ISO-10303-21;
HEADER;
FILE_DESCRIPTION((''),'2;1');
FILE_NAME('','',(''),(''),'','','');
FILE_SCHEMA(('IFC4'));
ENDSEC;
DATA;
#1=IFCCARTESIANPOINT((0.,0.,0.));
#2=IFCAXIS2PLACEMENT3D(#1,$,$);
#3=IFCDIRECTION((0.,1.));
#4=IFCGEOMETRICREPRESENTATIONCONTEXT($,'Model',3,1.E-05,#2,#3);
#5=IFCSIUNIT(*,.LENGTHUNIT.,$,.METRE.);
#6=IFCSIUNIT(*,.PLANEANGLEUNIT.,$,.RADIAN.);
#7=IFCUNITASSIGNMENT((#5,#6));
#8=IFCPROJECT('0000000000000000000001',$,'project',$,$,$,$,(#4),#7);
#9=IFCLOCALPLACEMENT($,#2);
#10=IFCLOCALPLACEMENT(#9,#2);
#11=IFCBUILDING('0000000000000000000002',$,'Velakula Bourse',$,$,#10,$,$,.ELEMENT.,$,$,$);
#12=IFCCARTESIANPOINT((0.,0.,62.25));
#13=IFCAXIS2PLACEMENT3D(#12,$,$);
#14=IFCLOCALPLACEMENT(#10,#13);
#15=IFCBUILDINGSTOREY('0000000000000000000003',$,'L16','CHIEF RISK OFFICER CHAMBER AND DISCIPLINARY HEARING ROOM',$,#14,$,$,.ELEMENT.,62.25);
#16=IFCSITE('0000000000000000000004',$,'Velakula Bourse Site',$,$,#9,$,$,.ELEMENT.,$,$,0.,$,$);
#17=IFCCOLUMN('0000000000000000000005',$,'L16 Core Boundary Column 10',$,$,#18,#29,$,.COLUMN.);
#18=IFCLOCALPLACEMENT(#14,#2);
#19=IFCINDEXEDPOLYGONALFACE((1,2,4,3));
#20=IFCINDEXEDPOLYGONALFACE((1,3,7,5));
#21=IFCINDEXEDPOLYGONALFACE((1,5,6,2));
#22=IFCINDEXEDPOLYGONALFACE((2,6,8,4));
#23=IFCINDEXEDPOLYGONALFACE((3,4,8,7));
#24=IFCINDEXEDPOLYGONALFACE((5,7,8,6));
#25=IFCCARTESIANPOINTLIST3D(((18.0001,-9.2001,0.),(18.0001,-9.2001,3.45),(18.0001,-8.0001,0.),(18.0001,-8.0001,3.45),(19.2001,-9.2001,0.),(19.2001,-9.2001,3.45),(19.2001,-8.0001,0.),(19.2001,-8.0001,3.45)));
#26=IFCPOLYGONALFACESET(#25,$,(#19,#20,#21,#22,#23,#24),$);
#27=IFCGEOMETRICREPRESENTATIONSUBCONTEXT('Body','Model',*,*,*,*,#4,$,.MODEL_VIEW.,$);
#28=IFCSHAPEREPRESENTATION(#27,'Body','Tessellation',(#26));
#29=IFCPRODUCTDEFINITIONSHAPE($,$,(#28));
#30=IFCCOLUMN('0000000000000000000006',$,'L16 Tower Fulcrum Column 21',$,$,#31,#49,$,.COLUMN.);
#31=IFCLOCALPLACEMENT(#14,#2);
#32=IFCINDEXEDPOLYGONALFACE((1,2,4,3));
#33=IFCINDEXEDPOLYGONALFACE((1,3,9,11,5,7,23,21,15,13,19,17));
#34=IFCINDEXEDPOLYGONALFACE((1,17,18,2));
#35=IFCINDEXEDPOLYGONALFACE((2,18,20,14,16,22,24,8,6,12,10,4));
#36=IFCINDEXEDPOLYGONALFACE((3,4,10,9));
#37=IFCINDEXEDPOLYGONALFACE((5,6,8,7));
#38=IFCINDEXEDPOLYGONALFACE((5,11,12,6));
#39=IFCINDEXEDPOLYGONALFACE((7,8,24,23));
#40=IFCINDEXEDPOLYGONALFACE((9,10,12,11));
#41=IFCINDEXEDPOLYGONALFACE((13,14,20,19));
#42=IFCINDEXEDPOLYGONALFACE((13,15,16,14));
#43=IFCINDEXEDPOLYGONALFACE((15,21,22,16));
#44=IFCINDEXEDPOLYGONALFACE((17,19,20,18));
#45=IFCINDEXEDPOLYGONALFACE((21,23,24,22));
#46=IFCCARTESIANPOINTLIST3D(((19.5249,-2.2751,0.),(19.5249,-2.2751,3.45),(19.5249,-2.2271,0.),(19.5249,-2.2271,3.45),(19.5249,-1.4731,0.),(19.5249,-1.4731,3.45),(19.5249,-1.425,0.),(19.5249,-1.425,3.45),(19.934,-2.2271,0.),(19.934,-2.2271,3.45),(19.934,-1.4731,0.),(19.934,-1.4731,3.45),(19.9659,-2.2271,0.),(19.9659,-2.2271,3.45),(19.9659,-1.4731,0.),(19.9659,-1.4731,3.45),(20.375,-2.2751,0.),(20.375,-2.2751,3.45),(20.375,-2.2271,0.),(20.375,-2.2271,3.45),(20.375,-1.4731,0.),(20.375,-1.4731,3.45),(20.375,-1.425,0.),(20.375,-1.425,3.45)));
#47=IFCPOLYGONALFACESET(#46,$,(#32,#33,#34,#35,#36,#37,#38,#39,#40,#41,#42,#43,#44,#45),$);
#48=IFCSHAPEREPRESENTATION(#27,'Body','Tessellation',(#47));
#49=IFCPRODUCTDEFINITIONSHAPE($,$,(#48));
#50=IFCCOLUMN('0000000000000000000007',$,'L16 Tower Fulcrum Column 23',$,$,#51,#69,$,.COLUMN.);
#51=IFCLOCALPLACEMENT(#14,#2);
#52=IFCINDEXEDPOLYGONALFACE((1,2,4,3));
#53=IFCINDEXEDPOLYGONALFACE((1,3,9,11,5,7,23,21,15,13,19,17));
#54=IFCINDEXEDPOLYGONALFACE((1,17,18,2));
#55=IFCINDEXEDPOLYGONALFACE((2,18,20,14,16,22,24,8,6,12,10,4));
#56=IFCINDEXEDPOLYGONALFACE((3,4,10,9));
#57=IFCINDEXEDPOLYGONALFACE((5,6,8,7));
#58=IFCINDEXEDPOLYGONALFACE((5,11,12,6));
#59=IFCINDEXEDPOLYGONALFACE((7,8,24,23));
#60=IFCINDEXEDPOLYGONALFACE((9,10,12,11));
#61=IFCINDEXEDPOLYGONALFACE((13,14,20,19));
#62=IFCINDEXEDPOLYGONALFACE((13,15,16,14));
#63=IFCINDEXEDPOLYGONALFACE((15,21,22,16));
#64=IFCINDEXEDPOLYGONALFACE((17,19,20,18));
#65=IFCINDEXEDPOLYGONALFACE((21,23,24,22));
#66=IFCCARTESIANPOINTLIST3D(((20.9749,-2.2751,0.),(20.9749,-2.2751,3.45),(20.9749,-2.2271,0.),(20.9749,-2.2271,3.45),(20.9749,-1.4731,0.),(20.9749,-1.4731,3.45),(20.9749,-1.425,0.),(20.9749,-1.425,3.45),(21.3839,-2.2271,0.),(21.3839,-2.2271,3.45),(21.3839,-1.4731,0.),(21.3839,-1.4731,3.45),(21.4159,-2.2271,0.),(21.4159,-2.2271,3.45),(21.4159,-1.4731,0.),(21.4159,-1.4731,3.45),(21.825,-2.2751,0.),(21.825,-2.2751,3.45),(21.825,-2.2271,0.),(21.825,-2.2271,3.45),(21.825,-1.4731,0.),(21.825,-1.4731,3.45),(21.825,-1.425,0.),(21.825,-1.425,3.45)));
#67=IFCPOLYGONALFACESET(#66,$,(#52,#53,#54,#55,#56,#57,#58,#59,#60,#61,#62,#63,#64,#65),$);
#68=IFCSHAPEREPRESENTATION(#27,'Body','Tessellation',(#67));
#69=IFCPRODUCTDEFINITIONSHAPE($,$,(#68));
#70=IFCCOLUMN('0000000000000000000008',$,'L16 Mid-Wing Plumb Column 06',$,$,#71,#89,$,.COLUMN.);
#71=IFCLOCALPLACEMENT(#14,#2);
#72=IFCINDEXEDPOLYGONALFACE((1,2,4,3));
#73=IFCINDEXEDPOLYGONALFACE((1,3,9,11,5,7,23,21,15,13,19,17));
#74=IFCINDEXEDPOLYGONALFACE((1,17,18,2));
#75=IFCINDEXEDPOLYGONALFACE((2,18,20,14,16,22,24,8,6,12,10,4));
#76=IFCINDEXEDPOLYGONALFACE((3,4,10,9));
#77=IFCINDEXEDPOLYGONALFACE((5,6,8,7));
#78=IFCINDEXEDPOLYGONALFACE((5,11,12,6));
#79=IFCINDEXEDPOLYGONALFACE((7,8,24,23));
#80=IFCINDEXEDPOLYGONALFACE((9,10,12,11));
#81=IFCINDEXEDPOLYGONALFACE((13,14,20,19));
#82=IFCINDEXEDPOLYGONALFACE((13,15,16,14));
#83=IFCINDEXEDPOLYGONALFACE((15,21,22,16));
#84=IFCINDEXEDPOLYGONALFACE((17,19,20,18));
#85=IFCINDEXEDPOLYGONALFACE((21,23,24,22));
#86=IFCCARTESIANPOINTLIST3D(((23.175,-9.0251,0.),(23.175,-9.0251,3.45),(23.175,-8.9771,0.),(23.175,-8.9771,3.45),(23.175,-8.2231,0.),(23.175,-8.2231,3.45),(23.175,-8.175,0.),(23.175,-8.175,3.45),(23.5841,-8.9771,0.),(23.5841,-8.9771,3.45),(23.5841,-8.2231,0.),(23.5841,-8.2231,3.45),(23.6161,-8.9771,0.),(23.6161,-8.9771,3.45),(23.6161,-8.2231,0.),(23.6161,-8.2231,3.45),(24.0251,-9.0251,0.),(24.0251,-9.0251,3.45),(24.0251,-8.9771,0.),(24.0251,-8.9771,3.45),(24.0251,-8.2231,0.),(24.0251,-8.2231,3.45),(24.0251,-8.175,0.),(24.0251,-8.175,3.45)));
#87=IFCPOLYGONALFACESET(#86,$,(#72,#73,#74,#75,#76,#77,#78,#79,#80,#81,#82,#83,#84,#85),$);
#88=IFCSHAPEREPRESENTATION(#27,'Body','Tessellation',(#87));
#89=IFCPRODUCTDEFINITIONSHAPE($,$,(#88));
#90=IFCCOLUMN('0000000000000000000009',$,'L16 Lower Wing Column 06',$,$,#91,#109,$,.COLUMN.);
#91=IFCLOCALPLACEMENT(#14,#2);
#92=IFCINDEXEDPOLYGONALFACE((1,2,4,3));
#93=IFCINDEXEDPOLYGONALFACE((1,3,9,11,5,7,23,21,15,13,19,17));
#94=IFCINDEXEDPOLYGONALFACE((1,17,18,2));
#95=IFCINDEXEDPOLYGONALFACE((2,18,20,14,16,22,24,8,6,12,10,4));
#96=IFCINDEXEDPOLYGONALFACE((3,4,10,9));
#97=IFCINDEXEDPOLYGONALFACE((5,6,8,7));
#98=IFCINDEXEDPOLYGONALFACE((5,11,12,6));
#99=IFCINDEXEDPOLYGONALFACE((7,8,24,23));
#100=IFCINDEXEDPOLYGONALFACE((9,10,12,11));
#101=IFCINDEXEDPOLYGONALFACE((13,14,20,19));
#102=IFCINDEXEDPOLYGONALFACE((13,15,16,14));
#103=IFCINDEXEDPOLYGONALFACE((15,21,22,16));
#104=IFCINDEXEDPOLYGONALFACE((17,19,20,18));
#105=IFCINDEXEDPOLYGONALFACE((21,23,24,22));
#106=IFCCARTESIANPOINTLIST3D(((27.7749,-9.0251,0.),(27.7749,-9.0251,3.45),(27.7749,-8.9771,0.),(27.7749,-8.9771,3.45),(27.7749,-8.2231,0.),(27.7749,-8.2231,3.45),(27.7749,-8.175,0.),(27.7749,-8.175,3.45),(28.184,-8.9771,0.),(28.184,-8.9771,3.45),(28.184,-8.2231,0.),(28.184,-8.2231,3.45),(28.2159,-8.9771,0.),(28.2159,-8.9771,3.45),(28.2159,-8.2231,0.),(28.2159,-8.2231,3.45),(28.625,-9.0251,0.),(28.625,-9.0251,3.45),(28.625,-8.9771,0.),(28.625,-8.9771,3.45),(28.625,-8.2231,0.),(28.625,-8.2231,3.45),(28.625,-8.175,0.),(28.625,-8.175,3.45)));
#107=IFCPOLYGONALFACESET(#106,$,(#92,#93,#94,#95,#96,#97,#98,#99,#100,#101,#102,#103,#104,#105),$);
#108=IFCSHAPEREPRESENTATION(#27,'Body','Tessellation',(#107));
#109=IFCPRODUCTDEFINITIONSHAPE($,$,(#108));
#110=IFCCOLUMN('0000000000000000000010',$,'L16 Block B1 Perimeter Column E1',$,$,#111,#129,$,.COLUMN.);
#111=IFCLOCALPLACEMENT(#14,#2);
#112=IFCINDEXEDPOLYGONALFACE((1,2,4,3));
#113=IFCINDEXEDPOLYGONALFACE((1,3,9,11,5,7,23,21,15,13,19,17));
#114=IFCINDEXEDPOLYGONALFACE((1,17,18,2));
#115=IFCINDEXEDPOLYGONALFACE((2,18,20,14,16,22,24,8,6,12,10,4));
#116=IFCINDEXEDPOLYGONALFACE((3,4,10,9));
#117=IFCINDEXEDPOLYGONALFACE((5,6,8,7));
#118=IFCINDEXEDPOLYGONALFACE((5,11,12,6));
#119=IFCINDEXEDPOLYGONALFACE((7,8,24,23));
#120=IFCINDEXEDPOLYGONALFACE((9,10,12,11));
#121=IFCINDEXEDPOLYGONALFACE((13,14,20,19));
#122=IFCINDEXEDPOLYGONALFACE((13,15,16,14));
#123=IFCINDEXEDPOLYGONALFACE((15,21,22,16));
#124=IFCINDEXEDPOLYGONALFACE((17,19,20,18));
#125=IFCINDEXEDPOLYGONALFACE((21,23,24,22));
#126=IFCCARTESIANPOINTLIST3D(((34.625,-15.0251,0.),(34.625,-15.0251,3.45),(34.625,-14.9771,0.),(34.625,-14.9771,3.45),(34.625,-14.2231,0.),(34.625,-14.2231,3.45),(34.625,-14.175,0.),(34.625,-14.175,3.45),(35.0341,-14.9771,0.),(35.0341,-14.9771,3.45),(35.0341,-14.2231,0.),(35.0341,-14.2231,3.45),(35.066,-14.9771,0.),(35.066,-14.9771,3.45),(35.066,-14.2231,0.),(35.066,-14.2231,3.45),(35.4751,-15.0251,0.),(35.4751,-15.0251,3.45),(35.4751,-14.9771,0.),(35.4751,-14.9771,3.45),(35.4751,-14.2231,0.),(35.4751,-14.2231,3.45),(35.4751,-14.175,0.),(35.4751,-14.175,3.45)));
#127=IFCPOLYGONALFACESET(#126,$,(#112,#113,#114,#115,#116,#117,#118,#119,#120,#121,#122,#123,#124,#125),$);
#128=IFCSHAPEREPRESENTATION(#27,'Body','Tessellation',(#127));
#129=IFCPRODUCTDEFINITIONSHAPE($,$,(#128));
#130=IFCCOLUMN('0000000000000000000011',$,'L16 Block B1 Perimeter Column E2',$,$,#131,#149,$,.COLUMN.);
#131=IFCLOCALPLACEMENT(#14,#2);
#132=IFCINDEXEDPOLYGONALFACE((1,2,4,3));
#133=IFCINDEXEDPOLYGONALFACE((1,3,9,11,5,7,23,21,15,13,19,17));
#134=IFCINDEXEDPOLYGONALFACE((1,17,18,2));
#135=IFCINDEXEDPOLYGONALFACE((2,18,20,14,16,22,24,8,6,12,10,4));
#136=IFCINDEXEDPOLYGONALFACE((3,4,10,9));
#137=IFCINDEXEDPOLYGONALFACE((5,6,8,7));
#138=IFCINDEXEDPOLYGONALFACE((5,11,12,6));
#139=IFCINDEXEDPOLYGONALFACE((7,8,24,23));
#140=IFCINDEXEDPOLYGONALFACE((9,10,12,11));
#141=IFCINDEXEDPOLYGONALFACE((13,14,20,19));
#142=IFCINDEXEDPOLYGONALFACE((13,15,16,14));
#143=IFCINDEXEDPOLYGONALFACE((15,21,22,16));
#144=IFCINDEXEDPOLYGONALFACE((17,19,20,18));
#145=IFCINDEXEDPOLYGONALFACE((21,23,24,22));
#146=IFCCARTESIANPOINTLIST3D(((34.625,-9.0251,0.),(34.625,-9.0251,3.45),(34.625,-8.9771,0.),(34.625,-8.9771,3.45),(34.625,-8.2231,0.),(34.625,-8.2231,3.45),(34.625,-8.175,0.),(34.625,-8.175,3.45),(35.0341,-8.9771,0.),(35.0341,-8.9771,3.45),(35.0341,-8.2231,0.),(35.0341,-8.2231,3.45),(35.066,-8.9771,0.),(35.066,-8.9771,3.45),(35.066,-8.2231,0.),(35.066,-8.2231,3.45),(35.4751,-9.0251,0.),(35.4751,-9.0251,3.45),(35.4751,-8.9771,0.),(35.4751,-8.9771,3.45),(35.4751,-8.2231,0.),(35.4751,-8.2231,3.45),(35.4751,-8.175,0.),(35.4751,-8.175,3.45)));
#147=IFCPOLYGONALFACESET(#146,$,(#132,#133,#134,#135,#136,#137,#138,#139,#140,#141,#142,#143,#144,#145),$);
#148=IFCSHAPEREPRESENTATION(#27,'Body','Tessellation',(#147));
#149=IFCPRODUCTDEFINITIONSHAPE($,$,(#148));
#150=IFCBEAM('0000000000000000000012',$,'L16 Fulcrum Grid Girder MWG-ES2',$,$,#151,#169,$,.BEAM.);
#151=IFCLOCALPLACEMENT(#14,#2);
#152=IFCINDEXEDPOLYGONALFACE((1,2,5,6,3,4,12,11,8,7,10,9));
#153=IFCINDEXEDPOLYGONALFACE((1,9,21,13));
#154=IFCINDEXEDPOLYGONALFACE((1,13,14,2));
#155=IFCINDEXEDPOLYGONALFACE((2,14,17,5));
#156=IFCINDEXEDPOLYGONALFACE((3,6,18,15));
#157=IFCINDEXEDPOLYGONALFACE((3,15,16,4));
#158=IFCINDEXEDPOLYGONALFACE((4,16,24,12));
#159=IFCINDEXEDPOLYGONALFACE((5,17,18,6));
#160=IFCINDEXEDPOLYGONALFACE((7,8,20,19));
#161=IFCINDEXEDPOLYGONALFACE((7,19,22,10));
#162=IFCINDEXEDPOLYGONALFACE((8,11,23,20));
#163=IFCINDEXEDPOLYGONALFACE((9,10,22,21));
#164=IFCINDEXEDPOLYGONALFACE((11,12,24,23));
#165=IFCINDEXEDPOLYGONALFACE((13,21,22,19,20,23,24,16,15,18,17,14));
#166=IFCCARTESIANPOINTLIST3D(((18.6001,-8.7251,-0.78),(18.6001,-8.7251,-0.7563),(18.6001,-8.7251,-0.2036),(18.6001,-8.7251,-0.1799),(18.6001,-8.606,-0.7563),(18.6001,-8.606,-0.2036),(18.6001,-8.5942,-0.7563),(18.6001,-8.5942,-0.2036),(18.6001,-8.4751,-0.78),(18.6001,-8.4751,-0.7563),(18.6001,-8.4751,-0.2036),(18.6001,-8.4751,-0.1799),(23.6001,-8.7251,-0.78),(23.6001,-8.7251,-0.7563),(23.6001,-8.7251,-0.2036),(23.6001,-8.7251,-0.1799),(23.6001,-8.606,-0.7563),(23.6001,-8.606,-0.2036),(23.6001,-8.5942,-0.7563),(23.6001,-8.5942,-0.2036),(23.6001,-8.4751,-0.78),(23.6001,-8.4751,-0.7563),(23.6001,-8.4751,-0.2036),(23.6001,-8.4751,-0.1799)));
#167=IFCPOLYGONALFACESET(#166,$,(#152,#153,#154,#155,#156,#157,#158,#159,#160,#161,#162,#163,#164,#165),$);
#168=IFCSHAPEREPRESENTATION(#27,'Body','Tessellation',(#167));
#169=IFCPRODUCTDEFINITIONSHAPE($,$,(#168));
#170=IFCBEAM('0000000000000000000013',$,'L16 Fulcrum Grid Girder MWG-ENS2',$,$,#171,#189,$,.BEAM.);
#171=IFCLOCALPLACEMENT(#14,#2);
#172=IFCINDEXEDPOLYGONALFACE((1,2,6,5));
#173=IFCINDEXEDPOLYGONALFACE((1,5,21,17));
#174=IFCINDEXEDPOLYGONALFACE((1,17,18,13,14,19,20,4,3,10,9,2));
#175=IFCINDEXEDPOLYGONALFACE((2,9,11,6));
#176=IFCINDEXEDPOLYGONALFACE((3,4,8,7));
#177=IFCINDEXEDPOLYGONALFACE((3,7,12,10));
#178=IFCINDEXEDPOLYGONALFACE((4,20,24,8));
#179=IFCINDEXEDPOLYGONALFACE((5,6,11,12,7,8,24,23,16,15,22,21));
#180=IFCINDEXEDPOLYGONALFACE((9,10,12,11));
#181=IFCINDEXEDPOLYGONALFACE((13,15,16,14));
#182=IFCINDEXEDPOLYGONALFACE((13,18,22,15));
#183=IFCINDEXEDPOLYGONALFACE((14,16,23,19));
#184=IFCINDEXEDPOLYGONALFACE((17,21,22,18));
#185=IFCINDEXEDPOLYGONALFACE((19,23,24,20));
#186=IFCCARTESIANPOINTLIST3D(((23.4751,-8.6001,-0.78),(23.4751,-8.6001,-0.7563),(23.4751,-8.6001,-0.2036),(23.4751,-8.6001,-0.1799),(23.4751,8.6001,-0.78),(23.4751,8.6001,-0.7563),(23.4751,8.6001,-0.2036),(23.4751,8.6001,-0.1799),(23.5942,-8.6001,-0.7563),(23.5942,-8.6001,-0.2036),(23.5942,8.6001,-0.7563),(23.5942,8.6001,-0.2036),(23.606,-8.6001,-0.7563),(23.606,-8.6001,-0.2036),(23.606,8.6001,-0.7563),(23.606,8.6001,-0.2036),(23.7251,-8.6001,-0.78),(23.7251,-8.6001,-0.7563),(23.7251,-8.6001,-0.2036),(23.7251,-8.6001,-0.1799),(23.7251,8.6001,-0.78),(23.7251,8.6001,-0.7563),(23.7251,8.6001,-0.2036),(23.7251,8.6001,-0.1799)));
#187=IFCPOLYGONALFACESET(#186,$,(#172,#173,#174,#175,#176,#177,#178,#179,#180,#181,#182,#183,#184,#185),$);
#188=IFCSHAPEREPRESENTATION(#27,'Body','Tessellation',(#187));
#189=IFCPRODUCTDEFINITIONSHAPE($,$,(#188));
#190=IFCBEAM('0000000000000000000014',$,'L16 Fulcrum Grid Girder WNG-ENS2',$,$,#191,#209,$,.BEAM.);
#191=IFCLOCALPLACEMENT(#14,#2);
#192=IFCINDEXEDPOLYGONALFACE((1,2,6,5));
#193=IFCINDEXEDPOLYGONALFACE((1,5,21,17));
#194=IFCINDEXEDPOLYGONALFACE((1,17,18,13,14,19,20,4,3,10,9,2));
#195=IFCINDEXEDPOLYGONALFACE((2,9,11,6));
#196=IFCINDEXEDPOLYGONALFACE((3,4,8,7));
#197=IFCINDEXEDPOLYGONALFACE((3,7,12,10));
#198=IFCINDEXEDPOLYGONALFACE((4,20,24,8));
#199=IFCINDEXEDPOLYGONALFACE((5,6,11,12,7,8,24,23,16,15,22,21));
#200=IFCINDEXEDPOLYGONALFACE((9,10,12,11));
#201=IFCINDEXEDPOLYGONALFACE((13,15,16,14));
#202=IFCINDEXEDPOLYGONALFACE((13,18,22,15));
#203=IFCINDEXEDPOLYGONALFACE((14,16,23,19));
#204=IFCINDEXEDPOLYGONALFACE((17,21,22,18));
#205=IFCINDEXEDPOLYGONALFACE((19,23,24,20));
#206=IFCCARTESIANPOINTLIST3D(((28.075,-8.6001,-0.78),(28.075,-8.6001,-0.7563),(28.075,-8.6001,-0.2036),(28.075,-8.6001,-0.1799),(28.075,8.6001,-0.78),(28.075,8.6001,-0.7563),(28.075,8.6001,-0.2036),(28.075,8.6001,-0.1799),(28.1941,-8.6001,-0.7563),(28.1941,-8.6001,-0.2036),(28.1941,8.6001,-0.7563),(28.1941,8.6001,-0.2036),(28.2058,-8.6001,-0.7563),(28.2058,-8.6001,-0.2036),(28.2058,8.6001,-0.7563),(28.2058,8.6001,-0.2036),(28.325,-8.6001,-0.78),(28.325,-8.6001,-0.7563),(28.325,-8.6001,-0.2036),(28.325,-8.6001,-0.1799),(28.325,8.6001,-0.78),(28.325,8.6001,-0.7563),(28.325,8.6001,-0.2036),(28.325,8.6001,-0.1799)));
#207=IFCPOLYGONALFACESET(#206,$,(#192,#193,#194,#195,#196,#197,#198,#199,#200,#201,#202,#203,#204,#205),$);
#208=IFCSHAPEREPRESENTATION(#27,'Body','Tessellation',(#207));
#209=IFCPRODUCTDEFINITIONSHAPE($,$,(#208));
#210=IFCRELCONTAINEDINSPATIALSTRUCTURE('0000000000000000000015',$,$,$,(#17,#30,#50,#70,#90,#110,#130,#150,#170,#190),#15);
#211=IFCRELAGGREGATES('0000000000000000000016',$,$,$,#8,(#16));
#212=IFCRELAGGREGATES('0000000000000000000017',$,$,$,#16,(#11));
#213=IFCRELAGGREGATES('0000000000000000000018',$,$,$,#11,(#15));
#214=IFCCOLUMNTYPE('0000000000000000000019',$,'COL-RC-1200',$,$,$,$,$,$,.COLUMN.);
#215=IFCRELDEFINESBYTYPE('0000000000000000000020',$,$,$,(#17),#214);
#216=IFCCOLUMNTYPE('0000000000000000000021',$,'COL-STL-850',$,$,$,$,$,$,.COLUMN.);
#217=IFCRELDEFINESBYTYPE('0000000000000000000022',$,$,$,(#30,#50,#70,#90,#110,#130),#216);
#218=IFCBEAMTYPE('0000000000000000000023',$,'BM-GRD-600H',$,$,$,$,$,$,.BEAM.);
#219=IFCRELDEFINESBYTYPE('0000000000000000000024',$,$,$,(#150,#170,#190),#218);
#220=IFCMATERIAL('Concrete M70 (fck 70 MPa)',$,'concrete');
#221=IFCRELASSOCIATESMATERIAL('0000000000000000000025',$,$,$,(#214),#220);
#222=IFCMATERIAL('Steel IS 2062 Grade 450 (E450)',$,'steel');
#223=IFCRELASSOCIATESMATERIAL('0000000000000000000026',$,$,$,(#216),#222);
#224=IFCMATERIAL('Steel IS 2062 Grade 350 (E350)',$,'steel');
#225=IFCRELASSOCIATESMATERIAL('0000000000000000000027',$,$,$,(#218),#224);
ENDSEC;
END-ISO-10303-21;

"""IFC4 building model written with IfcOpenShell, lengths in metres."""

from ifc_helpers import new_model, si_unit, direction, frame, origin, origin_2d, place, context, subcontext, project, spatial, rectangle, i_section, extrude, material, material_profile, profile_set, type_object, element, save


model = new_model("IFC4")

# Units and contexts
model_context = context("Model", 3, precision=1e-05, world=origin(), true_north=direction((0.0, 1.0)))
body_context = subcontext(model_context, "Body", "Model", "MODEL_VIEW")
ifc_project = project(units=[si_unit("LENGTHUNIT", "METRE"), si_unit("PLANEANGLEUNIT", "RADIAN")], contexts=[model_context])

# Site, building, storey
site_placement = place(None, origin())
site = spatial("IfcSite", under=ifc_project, at=site_placement, Name="Velakula Bourse Site", CompositionType="ELEMENT", RefElevation=0.0)
building_placement = place(site_placement, origin())
building = spatial("IfcBuilding", under=site, at=building_placement, Name="Velakula Bourse", CompositionType="ELEMENT")
storey_placement = place(building_placement, frame((0.0, 0.0, 62.25)))
storey = spatial("IfcBuildingStorey", under=building, at=storey_placement, Name="L16", Description="CHIEF RISK OFFICER CHAMBER AND DISCIPLINARY HEARING ROOM", CompositionType="ELEMENT", Elevation=62.25)

# Columns
ifc_material_1 = material(Name="Concrete M70 (fck 70 MPa)", Category="concrete")
ifc_material_profile_1 = material_profile(ifc_material_1, rectangle(XDim=1.2, YDim=1.2, at=origin_2d()), Name="Concrete M70 (fck 70 MPa)")
ifc_profile_set_1 = profile_set([ifc_material_profile_1], Name="Concrete M70 (fck 70 MPa)")
column_type_1 = type_object("IfcColumnType", Name="COL-RC-1200", PredefinedType="COLUMN", material=ifc_profile_set_1)
column_placement = place(storey_placement, frame((18.6001, -8.6001, 0.0), z_axis=(0.0, 0.0, 1.0), x_axis=(1.0, 0.0, 0.0)))
element("IfcColumn", 1, at=column_placement, inside=storey, type_object=column_type_1, Name="L16 Core Boundary Column 10", PredefinedType="COLUMN", context=body_context, shape_type="SweptSolid", body=[
    extrude(rectangle(XDim=1.2, YDim=1.2, at=origin_2d()), origin(), (0.0, 0.0, 1.0), 3.45),
])
ifc_material_2 = material(Name="Steel IS 2062 Grade 450 (E450)", Category="steel")
ifc_material_profile_2 = material_profile(ifc_material_2, i_section(OverallWidth=0.8501, OverallDepth=0.8501, WebThickness=0.032, FlangeThickness=0.0481, at=origin_2d()), Name="Steel IS 2062 Grade 450 (E450)")
ifc_profile_set_2 = profile_set([ifc_material_profile_2], Name="Steel IS 2062 Grade 450 (E450)")
column_type_2 = type_object("IfcColumnType", Name="COL-STL-850", PredefinedType="COLUMN", material=ifc_profile_set_2)
for number, where, z_axis, x_axis, name in (
    (2, (19.95, -1.8501, 0.0), (0.0, 0.0, 1.0), (1.0, 0.0, 0.0), "L16 Tower Fulcrum Column 21"),
    (3, (21.3999, -1.8501, 0.0), (0.0, 0.0, 1.0), (1.0, 0.0, 0.0), "L16 Tower Fulcrum Column 23"),
    (4, (23.6001, -8.6001, 0.0), (0.0, 0.0, 1.0), (1.0, 0.0, 0.0), "L16 Mid-Wing Plumb Column 06"),
    (5, (28.2, -8.6001, 0.0), (0.0, 0.0, 1.0), (1.0, 0.0, 0.0), "L16 Lower Wing Column 06"),
    (6, (35.05, -14.6001, 0.0), (0.0, 0.0, 1.0), (1.0, 0.0, 0.0), "L16 Block B1 Perimeter Column E1"),
    (7, (35.05, -8.6001, 0.0), (0.0, 0.0, 1.0), (1.0, 0.0, 0.0), "L16 Block B1 Perimeter Column E2"),
):
    element("IfcColumn", number, at=place(storey_placement, frame(where, z_axis=z_axis, x_axis=x_axis)), inside=storey, type_object=column_type_2, Name=name, PredefinedType="COLUMN", context=body_context, shape_type="SweptSolid", body=[
        extrude(i_section(OverallWidth=0.8501, OverallDepth=0.8501, WebThickness=0.032, FlangeThickness=0.0481, at=origin_2d()), origin(), (0.0, 0.0, 1.0), 3.45),
    ])

# Beams
ifc_material_3 = material(Name="Steel IS 2062 Grade 350 (E350)", Category="steel")
ifc_material_profile_3 = material_profile(ifc_material_3, i_section(OverallWidth=0.25, OverallDepth=0.6001, WebThickness=0.0117, FlangeThickness=0.0237, at=origin_2d()), Name="Steel IS 2062 Grade 350 (E350)")
ifc_profile_set_3 = profile_set([ifc_material_profile_3], Name="Steel IS 2062 Grade 350 (E350)")
beam_type_1 = type_object("IfcBeamType", Name="BM-GRD-600H", PredefinedType="BEAM", material=ifc_profile_set_3)
beam_1_placement = place(storey_placement, frame((18.6001, -8.6001, -0.48), z_axis=(1.0, 0.0, 0.0), x_axis=(0.0, 1.0, 0.0)))
element("IfcBeam", 8, at=beam_1_placement, inside=storey, type_object=beam_type_1, Name="L16 Fulcrum Grid Girder MWG-ES2", PredefinedType="BEAM", context=body_context, shape_type="SweptSolid", body=[
    extrude(i_section(OverallWidth=0.25, OverallDepth=0.6001, WebThickness=0.0117, FlangeThickness=0.0237, at=origin_2d()), origin(), (0.0, 0.0, 1.0), 5.0),
])
for number, where, z_axis, x_axis, name in (
    (9, (23.6001, -8.6001, -0.48), (0.0, 1.0, 0.0), (-1.0, 0.0, 0.0), "L16 Fulcrum Grid Girder MWG-ENS2"),
    (10, (28.2, -8.6001, -0.48), (0.0, 1.0, 0.0), (-1.0, 0.0, 0.0), "L16 Fulcrum Grid Girder WNG-ENS2"),
):
    element("IfcBeam", number, at=place(storey_placement, frame(where, z_axis=z_axis, x_axis=x_axis)), inside=storey, type_object=beam_type_1, Name=name, PredefinedType="BEAM", context=body_context, shape_type="SweptSolid", body=[
        extrude(i_section(OverallWidth=0.25, OverallDepth=0.6001, WebThickness=0.0117, FlangeThickness=0.0237, at=origin_2d()), origin(), (0.0, 0.0, 1.0), 17.2002),
    ])

save(model, "model.ifc")
